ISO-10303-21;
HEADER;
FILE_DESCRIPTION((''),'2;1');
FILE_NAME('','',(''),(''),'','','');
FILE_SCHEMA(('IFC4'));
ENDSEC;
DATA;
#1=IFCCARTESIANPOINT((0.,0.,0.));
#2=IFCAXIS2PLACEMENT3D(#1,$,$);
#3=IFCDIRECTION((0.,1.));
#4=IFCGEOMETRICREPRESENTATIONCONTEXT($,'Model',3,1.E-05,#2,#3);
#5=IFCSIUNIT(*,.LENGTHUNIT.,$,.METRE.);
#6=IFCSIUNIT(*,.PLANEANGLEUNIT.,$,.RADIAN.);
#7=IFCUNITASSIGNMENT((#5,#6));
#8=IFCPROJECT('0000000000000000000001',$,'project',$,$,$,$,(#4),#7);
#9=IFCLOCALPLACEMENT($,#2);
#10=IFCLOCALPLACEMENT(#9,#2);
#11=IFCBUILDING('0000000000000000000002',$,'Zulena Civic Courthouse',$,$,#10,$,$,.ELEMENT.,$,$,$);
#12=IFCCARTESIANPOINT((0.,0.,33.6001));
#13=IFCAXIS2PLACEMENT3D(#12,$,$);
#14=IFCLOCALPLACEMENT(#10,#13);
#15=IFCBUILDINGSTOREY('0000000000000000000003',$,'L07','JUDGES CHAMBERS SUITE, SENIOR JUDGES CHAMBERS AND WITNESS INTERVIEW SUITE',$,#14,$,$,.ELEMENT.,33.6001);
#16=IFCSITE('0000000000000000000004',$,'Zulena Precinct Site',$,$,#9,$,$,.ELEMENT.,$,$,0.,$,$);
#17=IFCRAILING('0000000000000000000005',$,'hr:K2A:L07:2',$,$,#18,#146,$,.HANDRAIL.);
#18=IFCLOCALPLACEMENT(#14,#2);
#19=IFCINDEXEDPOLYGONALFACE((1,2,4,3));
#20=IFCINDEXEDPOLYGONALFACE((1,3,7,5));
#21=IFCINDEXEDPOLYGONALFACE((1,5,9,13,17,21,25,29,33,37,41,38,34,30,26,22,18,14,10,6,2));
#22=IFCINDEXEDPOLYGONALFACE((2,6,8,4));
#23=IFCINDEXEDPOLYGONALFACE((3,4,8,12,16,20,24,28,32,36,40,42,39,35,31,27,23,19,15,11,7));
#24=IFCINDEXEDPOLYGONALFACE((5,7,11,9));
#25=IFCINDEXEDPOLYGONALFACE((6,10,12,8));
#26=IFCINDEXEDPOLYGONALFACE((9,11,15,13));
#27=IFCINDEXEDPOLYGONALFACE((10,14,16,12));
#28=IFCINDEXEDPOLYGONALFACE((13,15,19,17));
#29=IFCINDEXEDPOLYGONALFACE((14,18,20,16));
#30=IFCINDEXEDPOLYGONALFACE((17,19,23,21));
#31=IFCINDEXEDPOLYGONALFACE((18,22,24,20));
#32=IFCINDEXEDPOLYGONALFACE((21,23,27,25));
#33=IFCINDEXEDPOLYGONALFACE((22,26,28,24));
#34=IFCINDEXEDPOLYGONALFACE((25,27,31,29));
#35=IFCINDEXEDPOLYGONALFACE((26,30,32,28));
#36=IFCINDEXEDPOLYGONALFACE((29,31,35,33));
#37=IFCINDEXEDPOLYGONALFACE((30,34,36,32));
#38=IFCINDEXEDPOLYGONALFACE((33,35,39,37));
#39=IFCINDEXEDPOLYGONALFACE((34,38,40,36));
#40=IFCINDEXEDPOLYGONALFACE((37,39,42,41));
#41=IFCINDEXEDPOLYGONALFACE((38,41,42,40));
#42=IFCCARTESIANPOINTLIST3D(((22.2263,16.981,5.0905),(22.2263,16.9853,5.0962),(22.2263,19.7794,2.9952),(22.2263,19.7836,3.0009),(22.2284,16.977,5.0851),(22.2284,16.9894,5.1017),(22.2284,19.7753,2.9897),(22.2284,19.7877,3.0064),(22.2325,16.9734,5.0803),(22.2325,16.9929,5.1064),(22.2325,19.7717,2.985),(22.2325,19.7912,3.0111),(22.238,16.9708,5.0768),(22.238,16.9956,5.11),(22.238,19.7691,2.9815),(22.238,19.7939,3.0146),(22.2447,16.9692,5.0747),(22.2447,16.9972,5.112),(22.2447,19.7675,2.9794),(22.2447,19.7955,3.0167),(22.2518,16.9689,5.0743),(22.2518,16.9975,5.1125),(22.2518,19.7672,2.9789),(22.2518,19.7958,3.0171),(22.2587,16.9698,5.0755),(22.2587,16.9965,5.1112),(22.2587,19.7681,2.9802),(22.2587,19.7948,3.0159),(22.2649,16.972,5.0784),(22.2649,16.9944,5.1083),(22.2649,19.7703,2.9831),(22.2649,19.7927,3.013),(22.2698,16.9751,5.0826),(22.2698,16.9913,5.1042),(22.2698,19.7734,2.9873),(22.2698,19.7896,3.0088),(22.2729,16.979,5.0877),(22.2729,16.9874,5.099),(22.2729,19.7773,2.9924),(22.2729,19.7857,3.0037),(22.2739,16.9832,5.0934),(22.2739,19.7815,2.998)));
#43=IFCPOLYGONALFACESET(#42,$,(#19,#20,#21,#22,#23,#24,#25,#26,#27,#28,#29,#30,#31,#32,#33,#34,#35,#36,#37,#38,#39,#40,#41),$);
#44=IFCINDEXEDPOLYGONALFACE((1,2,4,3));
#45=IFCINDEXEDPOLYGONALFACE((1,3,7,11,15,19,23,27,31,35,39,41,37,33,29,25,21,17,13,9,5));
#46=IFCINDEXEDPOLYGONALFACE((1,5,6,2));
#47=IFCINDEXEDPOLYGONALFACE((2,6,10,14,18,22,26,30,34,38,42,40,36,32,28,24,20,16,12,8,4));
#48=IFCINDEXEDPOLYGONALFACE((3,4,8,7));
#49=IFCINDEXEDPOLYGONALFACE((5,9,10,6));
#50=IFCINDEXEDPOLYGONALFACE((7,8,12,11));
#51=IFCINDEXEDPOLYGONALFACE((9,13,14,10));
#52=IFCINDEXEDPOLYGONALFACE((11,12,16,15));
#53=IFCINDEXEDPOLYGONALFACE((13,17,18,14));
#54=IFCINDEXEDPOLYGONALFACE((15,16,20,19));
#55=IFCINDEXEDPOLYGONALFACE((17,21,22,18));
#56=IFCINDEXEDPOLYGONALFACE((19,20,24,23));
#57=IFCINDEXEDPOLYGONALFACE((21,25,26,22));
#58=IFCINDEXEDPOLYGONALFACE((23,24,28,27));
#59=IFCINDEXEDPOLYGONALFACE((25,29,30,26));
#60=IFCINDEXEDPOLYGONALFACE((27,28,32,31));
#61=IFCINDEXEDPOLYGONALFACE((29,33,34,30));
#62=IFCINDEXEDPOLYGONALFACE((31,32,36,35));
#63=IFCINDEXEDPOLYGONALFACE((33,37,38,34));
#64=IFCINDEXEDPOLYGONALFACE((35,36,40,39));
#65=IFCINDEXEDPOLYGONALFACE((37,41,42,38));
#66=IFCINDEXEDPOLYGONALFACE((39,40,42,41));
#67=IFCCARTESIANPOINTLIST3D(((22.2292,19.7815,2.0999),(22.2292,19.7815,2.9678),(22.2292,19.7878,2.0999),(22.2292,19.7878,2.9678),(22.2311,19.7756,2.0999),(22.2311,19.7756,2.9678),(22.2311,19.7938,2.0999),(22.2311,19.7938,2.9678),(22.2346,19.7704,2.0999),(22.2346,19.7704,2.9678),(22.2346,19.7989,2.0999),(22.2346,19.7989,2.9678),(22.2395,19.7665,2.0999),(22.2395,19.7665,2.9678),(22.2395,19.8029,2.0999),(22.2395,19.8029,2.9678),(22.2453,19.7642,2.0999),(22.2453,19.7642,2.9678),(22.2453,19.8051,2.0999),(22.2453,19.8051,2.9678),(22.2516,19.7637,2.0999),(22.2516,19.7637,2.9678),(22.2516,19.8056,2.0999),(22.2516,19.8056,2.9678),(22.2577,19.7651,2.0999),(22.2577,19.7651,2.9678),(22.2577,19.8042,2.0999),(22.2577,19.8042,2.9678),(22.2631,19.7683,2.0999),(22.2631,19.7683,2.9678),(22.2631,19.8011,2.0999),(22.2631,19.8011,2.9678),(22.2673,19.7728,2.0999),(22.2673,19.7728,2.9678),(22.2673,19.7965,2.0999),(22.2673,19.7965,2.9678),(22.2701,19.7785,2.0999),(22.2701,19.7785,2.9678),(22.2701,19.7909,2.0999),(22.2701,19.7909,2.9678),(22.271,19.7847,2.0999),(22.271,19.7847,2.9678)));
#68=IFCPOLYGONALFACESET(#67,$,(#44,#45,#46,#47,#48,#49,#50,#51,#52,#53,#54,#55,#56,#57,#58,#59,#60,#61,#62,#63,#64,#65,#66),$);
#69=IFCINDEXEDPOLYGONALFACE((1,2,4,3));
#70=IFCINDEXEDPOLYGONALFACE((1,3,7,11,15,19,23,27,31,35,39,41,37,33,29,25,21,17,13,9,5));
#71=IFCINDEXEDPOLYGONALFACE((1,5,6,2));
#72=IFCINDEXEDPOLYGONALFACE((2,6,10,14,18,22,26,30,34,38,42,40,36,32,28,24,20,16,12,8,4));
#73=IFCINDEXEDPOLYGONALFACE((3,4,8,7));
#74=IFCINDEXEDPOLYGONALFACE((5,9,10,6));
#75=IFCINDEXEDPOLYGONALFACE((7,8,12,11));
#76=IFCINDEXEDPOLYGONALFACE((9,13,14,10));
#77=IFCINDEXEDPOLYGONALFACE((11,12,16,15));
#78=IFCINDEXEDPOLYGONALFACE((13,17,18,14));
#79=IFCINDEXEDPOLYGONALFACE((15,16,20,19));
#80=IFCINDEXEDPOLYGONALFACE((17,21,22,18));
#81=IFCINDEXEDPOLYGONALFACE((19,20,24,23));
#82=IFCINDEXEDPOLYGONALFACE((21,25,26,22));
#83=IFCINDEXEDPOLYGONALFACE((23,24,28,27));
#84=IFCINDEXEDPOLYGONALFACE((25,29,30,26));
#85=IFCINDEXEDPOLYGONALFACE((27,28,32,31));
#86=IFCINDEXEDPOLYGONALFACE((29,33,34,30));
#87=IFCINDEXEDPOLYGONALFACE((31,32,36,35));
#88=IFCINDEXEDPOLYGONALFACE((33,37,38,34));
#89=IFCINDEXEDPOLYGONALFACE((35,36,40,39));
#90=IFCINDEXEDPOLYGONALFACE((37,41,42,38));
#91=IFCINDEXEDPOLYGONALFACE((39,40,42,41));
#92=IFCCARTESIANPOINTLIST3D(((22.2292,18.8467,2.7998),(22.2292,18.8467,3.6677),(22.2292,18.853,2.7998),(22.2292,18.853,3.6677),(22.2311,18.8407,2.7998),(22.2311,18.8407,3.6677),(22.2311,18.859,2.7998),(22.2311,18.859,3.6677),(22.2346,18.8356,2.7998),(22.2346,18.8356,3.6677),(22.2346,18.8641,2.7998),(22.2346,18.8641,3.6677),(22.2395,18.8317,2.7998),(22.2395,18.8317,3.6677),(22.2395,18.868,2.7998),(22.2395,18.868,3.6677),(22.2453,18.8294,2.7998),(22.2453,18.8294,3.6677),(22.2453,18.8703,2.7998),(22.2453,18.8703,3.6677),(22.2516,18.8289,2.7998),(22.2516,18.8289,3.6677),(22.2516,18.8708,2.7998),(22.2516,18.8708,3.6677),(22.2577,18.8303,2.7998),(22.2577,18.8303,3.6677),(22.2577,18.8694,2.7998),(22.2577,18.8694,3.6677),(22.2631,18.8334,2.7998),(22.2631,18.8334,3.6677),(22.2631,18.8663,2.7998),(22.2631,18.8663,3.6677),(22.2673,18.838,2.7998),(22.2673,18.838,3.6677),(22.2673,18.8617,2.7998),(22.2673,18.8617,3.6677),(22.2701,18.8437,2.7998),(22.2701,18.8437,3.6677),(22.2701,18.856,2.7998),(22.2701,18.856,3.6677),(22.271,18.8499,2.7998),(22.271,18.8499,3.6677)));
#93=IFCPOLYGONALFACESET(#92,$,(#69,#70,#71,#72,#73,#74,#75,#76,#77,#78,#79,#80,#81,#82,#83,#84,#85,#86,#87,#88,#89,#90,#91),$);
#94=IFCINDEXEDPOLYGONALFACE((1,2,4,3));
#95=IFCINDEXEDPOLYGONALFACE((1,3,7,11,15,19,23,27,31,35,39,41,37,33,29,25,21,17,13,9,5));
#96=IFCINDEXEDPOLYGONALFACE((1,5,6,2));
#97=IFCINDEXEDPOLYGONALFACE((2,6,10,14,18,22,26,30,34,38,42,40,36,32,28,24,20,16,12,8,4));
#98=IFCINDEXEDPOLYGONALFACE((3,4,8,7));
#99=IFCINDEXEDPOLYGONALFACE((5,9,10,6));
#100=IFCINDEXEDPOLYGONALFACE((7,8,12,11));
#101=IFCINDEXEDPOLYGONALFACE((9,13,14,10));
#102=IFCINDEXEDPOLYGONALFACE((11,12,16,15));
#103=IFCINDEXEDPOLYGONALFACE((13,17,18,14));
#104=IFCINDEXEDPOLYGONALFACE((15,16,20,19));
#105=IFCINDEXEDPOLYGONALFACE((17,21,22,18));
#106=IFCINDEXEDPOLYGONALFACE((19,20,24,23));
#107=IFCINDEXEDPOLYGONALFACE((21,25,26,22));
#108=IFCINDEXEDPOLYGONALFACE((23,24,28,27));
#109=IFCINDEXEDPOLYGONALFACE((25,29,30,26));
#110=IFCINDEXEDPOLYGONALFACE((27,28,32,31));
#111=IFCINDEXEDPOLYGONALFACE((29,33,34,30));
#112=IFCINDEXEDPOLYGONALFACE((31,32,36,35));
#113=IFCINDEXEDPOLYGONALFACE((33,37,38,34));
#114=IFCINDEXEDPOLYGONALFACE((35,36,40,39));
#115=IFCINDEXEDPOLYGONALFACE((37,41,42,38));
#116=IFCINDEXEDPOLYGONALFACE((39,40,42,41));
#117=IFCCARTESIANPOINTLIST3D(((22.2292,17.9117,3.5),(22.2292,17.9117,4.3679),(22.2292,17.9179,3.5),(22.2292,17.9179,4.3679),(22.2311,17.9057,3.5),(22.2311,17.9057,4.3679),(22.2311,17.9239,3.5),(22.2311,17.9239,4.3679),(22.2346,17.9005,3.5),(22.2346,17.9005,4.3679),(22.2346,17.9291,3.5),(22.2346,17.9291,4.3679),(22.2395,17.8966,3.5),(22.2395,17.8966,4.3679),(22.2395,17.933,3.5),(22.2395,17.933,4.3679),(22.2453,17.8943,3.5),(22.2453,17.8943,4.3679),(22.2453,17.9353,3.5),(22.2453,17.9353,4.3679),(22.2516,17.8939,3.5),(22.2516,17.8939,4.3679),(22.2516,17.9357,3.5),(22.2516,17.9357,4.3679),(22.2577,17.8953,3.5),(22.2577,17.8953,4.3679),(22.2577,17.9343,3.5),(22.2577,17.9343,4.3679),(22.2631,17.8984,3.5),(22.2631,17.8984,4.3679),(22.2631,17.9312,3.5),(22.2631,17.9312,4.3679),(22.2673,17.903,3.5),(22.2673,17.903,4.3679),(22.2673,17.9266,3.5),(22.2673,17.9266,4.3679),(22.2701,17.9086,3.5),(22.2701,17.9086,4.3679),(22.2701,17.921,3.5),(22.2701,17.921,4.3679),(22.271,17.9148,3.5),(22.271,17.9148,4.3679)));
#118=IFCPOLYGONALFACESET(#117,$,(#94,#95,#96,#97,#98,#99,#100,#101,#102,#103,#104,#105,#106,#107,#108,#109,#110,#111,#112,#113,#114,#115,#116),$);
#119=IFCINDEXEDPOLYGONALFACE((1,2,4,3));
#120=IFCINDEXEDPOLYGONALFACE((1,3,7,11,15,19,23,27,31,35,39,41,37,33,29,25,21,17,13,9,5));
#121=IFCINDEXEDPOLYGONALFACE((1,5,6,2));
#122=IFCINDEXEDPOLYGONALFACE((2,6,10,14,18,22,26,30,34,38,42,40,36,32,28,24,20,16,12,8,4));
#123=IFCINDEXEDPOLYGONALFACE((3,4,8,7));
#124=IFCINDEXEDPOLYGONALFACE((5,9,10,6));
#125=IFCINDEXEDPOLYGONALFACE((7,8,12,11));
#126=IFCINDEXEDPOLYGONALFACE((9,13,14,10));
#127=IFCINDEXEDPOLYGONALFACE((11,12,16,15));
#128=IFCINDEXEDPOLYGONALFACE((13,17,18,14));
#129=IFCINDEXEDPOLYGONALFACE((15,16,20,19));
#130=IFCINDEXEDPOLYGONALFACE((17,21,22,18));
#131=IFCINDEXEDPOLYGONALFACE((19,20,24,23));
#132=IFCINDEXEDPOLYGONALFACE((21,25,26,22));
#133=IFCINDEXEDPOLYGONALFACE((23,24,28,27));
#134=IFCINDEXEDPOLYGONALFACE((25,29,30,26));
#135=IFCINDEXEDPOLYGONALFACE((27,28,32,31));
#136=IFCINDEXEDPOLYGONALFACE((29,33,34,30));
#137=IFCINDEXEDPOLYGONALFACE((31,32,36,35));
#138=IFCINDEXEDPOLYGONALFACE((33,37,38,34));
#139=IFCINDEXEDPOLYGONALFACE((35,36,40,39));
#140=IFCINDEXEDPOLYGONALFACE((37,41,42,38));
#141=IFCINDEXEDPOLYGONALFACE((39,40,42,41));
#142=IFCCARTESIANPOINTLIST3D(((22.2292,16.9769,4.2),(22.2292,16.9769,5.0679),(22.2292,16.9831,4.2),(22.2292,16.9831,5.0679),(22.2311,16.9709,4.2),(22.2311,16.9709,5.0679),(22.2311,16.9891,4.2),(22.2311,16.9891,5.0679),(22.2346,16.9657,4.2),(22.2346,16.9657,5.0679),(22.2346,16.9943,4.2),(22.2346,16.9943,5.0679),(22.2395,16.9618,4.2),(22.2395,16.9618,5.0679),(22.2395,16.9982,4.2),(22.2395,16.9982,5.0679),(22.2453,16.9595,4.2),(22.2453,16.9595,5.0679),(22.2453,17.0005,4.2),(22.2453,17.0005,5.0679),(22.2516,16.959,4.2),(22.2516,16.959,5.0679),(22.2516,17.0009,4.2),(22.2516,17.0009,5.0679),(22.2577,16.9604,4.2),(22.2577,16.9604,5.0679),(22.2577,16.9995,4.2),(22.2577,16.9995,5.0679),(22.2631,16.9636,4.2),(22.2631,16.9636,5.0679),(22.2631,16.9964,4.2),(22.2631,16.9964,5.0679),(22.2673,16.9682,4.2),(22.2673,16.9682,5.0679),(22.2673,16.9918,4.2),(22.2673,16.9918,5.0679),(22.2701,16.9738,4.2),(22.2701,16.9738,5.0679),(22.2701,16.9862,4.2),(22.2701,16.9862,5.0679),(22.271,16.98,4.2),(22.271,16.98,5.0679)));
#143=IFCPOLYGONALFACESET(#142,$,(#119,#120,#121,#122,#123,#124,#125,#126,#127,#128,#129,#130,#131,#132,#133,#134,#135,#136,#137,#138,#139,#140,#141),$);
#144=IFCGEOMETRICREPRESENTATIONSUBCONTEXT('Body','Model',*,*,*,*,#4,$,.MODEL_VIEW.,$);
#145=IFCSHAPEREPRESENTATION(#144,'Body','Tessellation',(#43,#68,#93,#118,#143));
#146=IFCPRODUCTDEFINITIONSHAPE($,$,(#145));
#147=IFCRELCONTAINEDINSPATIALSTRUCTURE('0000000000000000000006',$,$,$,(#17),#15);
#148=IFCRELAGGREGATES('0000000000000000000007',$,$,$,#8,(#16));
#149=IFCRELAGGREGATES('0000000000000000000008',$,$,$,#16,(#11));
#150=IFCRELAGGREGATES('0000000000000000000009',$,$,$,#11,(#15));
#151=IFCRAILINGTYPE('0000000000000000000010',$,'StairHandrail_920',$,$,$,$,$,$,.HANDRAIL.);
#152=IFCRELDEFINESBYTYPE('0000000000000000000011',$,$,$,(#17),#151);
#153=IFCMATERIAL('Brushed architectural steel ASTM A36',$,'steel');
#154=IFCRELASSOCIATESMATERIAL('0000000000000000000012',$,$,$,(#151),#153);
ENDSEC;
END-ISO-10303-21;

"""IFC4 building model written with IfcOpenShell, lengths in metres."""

from ifc_helpers import new_model, si_unit, direction, frame, origin, origin_2d, place, context, subcontext, project, spatial, circle, extrude, material, type_object, element, save


model = new_model("IFC4")

# Units and contexts
model_context = context("Model", 3, precision=1e-05, world=origin(), true_north=direction((0.0, 1.0)))
body_context = subcontext(model_context, "Body", "Model", "MODEL_VIEW")
ifc_project = project(units=[si_unit("LENGTHUNIT", "METRE"), si_unit("PLANEANGLEUNIT", "RADIAN")], contexts=[model_context])

# Site, building, storey
site_placement = place(None, origin())
site = spatial("IfcSite", under=ifc_project, at=site_placement, Name="Zulena Precinct Site", CompositionType="ELEMENT", RefElevation=0.0)
building_placement = place(site_placement, origin())
building = spatial("IfcBuilding", under=site, at=building_placement, Name="Zulena Civic Courthouse", CompositionType="ELEMENT")
storey_placement = place(building_placement, frame((0.0, 0.0, 33.6001)))
storey = spatial("IfcBuildingStorey", under=building, at=storey_placement, Name="L07", Description="JUDGES CHAMBERS SUITE, SENIOR JUDGES CHAMBERS AND WITNESS INTERVIEW SUITE", CompositionType="ELEMENT", Elevation=33.6001)

# Railing
ifc_material_1 = material(Name="Brushed architectural steel ASTM A36", Category="steel")
railing_type_1 = type_object("IfcRailingType", Name="StairHandrail_920", PredefinedType="HANDRAIL", material=ifc_material_1)
railing_1_placement = place(storey_placement, frame((22.25, 19.7847, 2.0999)))
element("IfcRailing", 1, at=railing_1_placement, inside=storey, type_object=railing_type_1, Name="hr:K2A:L07:2", PredefinedType="HANDRAIL", context=body_context, shape_type="SweptSolid", body=[
    extrude(circle(Radius=0.0239, at=origin_2d()), frame((0.0, -0.0032, 0.8982), z_axis=(0.0, -0.800468, 0.599375), x_axis=(1.0, 0.0, 0.0)), (0.0, 0.0, 1.0), 3.4958),
    extrude(circle(Radius=0.021, at=origin_2d()), origin(), (0.0, 0.0, 1.0), 0.8679),
    extrude(circle(Radius=0.021, at=origin_2d()), frame((0.0, -0.9348, 0.7)), (0.0, 0.0, 1.0), 0.8679),
    extrude(circle(Radius=0.021, at=origin_2d()), frame((0.0, -1.8699, 1.4001)), (0.0, 0.0, 1.0), 0.8679),
    extrude(circle(Radius=0.021, at=origin_2d()), frame((0.0, -2.8047, 2.1001)), (0.0, 0.0, 1.0), 0.8679),
])

save(model, "model.ifc")
